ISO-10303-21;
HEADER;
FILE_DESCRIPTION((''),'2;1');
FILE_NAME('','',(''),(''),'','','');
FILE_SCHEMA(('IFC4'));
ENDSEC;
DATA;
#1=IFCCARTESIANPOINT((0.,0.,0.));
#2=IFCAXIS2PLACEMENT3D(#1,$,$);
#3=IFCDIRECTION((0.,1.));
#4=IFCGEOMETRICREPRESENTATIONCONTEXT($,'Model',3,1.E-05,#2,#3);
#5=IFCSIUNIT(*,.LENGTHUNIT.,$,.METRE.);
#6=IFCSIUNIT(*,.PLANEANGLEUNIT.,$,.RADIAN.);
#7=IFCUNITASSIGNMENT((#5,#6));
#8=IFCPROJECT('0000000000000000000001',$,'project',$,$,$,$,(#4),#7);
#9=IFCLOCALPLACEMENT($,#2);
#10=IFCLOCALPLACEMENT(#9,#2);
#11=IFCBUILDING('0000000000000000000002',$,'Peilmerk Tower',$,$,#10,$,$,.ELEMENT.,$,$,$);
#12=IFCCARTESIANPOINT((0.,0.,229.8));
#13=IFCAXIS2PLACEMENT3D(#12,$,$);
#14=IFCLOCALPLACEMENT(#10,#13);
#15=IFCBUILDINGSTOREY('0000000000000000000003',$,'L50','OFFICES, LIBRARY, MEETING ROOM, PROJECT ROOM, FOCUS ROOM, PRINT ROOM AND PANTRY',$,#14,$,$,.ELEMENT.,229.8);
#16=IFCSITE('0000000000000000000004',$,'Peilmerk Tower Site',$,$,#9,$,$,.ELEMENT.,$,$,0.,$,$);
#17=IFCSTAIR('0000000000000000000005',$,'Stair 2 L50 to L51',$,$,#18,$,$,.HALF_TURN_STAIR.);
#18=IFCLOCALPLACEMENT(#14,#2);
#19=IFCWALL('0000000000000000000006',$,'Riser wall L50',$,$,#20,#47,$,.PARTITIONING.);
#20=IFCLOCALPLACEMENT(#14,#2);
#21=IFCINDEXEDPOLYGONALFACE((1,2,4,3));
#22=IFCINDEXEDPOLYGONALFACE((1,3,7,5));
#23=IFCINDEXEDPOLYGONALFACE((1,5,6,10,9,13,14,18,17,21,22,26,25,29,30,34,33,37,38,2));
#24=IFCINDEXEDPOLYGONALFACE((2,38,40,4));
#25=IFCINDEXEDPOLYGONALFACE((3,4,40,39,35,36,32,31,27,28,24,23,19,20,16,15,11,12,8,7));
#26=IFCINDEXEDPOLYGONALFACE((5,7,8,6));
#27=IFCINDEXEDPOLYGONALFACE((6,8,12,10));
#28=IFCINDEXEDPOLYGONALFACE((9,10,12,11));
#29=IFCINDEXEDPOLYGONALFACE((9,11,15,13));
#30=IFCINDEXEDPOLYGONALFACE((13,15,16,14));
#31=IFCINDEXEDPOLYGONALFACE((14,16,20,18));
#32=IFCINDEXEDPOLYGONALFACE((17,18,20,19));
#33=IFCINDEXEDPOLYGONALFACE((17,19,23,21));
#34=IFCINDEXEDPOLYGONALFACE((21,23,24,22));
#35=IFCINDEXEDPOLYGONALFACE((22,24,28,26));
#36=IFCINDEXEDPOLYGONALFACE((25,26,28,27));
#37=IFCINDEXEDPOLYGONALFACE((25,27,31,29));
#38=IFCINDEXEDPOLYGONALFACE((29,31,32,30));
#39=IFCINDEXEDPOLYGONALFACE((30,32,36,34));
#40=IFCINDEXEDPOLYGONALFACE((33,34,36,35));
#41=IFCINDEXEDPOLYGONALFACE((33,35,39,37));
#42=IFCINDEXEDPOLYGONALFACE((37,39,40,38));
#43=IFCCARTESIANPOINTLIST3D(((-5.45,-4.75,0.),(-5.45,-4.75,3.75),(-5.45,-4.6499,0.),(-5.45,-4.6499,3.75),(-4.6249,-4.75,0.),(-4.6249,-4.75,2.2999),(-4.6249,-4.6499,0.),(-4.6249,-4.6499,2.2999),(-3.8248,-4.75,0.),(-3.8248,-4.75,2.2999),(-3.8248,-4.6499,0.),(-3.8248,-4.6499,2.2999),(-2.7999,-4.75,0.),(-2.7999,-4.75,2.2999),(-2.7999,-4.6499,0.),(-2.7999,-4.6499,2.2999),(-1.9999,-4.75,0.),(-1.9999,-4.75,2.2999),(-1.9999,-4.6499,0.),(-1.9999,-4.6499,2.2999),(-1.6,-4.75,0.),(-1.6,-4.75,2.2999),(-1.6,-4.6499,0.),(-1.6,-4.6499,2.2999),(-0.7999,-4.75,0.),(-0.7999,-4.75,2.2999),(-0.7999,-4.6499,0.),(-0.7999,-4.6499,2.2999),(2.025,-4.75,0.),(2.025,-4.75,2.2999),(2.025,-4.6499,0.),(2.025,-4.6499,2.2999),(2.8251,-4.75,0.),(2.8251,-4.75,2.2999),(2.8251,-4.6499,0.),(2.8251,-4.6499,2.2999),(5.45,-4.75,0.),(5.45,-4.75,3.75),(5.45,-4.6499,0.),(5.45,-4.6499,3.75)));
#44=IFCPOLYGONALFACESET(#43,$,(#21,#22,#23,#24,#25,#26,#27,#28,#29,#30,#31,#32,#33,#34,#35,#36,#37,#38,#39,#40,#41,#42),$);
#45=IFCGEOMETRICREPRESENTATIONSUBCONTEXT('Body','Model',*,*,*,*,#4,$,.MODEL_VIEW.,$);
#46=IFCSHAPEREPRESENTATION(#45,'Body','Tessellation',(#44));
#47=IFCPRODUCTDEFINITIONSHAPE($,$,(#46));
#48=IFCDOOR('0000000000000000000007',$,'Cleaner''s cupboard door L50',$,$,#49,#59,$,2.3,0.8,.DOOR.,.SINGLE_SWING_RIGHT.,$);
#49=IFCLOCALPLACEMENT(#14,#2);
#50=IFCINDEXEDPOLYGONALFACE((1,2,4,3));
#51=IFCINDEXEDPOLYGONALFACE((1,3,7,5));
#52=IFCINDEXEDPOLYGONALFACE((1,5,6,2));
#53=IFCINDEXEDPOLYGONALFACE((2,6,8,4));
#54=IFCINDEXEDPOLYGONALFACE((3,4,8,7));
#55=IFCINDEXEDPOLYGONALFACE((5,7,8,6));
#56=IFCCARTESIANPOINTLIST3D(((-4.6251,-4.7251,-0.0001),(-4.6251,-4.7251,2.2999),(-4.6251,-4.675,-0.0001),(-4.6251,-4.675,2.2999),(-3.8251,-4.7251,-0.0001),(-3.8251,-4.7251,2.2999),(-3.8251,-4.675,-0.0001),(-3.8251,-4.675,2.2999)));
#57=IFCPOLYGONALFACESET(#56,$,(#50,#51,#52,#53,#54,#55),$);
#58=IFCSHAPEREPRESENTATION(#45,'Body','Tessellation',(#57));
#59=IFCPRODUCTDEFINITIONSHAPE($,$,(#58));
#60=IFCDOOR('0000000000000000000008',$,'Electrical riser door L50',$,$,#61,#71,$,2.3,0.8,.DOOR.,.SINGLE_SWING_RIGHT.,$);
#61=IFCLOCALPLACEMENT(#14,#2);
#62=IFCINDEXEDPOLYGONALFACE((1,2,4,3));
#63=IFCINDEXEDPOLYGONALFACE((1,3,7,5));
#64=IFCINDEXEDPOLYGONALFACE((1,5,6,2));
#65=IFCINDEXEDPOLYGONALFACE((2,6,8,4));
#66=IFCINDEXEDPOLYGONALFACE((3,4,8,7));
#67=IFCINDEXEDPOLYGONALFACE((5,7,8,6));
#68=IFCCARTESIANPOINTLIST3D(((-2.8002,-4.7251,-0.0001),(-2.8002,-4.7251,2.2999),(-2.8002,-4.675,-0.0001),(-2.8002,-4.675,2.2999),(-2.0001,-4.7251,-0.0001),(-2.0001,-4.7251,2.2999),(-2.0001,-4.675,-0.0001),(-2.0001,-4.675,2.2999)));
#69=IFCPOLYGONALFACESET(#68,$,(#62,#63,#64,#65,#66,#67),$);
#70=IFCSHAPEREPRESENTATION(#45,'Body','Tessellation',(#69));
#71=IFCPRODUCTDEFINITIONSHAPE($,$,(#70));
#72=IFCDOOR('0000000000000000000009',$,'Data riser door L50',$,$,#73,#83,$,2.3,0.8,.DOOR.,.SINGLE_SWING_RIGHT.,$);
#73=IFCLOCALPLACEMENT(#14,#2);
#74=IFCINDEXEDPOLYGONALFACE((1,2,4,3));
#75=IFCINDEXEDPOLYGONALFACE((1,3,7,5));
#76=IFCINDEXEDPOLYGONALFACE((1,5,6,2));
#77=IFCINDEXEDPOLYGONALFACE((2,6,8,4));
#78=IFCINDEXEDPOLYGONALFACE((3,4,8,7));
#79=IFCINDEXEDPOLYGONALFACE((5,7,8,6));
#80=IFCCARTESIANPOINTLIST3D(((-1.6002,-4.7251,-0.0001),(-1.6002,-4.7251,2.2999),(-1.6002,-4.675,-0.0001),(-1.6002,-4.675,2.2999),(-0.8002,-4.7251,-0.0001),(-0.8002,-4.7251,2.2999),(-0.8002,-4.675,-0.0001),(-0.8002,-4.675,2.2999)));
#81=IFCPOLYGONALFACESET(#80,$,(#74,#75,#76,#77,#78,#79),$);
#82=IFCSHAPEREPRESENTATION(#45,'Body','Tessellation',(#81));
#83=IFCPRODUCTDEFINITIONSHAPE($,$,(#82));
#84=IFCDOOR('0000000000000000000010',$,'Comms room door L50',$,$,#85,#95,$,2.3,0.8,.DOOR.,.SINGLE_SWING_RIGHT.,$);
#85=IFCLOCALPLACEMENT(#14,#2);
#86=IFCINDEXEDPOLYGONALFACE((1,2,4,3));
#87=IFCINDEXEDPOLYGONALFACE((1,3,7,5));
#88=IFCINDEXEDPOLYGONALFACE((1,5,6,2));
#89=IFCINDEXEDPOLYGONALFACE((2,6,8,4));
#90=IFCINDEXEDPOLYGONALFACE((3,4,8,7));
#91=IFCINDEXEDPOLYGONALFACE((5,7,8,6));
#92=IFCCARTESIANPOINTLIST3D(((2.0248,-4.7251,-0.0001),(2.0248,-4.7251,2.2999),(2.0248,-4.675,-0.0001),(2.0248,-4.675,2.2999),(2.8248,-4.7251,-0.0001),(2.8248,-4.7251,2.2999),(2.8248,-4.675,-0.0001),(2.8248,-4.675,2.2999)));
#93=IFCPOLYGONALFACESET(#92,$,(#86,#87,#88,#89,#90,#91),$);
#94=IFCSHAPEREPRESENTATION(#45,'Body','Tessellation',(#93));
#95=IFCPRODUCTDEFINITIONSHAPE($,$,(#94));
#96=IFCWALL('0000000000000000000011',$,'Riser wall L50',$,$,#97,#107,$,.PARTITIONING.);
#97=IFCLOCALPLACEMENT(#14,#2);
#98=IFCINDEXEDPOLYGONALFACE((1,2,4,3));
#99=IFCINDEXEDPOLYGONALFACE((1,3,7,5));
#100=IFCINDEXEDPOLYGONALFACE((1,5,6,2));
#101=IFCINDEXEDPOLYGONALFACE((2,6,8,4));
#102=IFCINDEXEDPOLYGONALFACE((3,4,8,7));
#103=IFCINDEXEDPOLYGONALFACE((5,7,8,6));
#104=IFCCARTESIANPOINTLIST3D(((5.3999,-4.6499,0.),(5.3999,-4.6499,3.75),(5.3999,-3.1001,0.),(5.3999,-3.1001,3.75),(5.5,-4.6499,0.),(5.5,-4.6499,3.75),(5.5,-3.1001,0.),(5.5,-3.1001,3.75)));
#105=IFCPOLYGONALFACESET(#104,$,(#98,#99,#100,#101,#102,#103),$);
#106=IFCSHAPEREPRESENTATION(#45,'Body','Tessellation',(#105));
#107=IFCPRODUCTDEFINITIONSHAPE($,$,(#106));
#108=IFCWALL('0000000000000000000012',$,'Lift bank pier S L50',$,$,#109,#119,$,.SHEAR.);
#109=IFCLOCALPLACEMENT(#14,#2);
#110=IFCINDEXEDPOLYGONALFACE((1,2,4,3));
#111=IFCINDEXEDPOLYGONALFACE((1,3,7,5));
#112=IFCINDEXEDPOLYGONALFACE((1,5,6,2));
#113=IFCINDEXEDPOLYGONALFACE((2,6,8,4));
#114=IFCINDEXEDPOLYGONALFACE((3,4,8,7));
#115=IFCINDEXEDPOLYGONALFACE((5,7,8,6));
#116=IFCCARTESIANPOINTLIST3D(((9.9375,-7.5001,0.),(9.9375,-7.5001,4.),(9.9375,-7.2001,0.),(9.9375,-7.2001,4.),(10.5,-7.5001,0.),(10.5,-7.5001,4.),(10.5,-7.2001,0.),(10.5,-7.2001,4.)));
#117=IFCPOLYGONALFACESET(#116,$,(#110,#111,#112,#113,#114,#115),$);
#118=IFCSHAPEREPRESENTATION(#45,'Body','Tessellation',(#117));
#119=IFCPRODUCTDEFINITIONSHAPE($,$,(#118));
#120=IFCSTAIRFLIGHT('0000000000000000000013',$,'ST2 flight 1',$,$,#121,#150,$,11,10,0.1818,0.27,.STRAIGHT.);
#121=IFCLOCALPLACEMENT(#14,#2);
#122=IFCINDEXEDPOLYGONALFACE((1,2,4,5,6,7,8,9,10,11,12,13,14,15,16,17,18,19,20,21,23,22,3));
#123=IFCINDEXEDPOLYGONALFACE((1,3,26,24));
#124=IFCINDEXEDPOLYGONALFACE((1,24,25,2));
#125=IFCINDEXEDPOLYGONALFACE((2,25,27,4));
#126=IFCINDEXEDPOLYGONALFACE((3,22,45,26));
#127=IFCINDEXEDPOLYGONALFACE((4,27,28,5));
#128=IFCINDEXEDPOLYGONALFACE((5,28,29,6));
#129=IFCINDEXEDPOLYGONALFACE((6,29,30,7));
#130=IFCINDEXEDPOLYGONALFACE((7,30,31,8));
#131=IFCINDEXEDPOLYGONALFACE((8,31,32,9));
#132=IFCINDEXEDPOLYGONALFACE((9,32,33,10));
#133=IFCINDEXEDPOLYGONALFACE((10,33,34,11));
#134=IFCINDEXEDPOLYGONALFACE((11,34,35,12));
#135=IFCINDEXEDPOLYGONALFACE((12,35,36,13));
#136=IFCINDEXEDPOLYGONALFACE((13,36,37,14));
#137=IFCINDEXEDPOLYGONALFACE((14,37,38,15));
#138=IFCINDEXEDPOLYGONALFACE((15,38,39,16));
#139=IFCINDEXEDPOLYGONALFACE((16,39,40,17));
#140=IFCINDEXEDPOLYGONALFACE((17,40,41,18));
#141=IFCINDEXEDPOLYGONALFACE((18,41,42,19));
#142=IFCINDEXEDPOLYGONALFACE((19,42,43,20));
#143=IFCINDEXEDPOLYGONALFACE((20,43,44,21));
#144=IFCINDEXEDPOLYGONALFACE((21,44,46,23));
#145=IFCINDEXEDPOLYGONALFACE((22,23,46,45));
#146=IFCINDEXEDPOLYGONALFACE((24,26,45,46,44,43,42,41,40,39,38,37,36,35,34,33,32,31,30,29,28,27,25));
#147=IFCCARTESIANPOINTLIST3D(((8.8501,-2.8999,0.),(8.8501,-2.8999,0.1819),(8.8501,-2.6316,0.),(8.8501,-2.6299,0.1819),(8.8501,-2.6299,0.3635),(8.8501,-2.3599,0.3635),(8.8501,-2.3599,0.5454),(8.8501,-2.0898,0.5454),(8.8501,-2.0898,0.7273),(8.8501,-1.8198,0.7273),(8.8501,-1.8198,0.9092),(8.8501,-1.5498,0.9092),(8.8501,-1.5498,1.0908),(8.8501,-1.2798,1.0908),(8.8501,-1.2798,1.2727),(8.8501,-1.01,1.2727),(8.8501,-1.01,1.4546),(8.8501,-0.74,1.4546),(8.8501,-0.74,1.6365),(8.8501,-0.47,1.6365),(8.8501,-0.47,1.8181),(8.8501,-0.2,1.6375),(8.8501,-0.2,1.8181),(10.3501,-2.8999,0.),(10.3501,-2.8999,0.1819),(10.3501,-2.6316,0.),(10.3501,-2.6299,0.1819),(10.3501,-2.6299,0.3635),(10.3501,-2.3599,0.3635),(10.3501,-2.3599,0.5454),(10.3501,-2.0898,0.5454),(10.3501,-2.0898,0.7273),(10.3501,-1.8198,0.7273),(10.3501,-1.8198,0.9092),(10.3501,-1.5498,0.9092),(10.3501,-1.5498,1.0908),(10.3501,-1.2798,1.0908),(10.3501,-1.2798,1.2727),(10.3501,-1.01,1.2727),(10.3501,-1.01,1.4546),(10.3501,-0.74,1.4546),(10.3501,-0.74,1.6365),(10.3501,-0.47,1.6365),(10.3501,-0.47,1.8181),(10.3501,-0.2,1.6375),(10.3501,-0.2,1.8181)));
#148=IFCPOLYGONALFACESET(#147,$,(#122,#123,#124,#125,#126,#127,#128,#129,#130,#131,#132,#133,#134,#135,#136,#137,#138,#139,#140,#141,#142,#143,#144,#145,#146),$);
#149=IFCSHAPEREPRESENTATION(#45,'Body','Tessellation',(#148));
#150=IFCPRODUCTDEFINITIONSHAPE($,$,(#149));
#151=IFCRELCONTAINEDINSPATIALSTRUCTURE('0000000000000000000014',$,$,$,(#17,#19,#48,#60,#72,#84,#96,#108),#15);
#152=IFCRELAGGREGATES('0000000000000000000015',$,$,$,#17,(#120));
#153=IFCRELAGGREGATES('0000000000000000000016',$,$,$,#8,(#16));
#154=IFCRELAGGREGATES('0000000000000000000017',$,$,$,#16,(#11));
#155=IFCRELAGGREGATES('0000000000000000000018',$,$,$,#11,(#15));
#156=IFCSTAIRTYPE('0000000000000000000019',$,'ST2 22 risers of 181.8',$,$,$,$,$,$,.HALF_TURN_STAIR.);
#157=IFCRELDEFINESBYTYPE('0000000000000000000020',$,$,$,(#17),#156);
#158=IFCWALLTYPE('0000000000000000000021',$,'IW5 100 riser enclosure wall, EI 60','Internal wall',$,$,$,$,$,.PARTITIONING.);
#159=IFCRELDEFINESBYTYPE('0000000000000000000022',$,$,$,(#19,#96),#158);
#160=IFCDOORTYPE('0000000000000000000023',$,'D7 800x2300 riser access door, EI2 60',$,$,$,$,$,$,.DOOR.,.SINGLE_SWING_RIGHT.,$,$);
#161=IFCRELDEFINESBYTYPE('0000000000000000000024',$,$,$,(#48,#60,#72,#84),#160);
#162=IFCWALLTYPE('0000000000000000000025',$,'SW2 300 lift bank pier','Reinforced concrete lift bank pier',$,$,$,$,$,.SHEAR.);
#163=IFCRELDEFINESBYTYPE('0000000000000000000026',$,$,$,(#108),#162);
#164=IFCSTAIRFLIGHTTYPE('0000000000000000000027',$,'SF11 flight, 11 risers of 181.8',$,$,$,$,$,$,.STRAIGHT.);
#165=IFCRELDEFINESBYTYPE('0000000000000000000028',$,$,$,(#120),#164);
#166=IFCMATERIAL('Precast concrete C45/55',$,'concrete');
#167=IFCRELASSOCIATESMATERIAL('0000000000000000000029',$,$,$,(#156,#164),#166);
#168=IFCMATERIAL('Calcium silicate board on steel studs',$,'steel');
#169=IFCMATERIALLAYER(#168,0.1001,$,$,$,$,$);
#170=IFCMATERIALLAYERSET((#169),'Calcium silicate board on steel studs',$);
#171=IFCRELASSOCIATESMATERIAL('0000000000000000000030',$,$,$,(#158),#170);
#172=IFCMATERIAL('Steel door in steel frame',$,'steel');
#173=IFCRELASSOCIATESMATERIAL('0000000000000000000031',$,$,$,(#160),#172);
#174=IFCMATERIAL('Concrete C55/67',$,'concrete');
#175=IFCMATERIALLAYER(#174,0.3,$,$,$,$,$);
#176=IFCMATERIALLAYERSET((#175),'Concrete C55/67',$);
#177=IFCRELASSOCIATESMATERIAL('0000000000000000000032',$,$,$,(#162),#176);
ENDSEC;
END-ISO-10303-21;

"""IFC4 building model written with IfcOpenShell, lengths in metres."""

from ifc_helpers import new_model, si_unit, direction, frame, frame_2d, origin, place, context, subcontext, project, spatial, polyline, rectangle, outline, extrude, material, layer, layer_set, type_object, element, fill, aggregate, save


model = new_model("IFC4")

# Units and contexts
model_context = context("Model", 3, precision=1e-05, world=origin(), true_north=direction((0.0, 1.0)))
body_context = subcontext(model_context, "Body", "Model", "MODEL_VIEW")
ifc_project = project(units=[si_unit("LENGTHUNIT", "METRE"), si_unit("PLANEANGLEUNIT", "RADIAN")], contexts=[model_context])

# Site, building, storey
site_placement = place(None, origin())
site = spatial("IfcSite", under=ifc_project, at=site_placement, Name="Peilmerk Tower Site", CompositionType="ELEMENT", RefElevation=0.0)
building_placement = place(site_placement, origin())
building = spatial("IfcBuilding", under=site, at=building_placement, Name="Peilmerk Tower", CompositionType="ELEMENT")
storey_placement = place(building_placement, frame((0.0, 0.0, 229.8)))
storey = spatial("IfcBuildingStorey", under=building, at=storey_placement, Name="L50", Description="OFFICES, LIBRARY, MEETING ROOM, PROJECT ROOM, FOCUS ROOM, PRINT ROOM AND PANTRY", CompositionType="ELEMENT", Elevation=229.8)

# Stair
ifc_material_1 = material(Name="Precast concrete C45/55", Category="concrete")
stair_type_1 = type_object("IfcStairType", Name="ST2 22 risers of 181.8", PredefinedType="HALF_TURN_STAIR", material=ifc_material_1)
stair_1_placement = place(storey_placement, origin())
stair_1 = element("IfcStair", 1, at=stair_1_placement, inside=storey, type_object=stair_type_1, Name="Stair 2 L50 to L51", PredefinedType="HALF_TURN_STAIR")

# Shared definitions
ifc_material_2 = material(Name="Steel door in steel frame", Category="steel")

# Shared definitions
ifc_material_3 = material(Name="Calcium silicate board on steel studs", Category="steel")
ifc_layer_1 = layer(ifc_material_3, 0.1001)
ifc_layer_set_1 = layer_set([ifc_layer_1], Name="Calcium silicate board on steel studs")
wall_type_1 = type_object("IfcWallType", Name="IW5 100 riser enclosure wall, EI 60", Description="Internal wall", PredefinedType="PARTITIONING", material=ifc_layer_set_1)

# Wall, openings, doors
wall_1_placement = place(storey_placement, frame((5.45, -4.7, 0.0), z_axis=(0.0, 0.0, 1.0), x_axis=(-1.0, 0.0, 0.0)))
wall_1 = element("IfcWall", 2, at=wall_1_placement, inside=storey, type_object=wall_type_1, Name="Riser wall L50", PredefinedType="PARTITIONING", context=body_context, shape_type="SweptSolid", body=[
    extrude(rectangle(XDim=10.8999, YDim=0.1001, at=frame_2d((5.45, 0.0))), origin(), (0.0, 0.0, 1.0), 3.75),
])
opening_1_placement = place(wall_1_placement, frame((9.2749, 0.0, 0.0)))
opening_1 = element("IfcOpeningElement", 3, at=opening_1_placement, cuts=wall_1, PredefinedType="OPENING", context=body_context, shape_type="SweptSolid", body=[
    extrude(rectangle(XDim=0.8, YDim=2.3, at=frame_2d((0.3999, 1.1499))), frame((0.0, 0.0601, 0.0), z_axis=(0.0, -1.0, 0.0), x_axis=(1.0, 0.0, 0.0)), (0.0, 0.0, 1.0), 0.1201),
])
opening_2_placement = place(wall_1_placement, frame((7.45, 0.0, 0.0)))
opening_2 = element("IfcOpeningElement", 4, at=opening_2_placement, cuts=wall_1, PredefinedType="OPENING", context=body_context, shape_type="SweptSolid", body=[
    extrude(rectangle(XDim=0.8, YDim=2.3, at=frame_2d((0.3999, 1.1499))), frame((0.0, 0.0601, 0.0), z_axis=(0.0, -1.0, 0.0), x_axis=(1.0, 0.0, 0.0)), (0.0, 0.0, 1.0), 0.1201),
])
opening_3_placement = place(wall_1_placement, frame((6.25, 0.0, 0.0)))
opening_3 = element("IfcOpeningElement", 5, at=opening_3_placement, cuts=wall_1, PredefinedType="OPENING", context=body_context, shape_type="SweptSolid", body=[
    extrude(rectangle(XDim=0.8, YDim=2.3, at=frame_2d((0.3999, 1.1499))), frame((0.0, 0.0601, 0.0), z_axis=(0.0, -1.0, 0.0), x_axis=(1.0, 0.0, 0.0)), (0.0, 0.0, 1.0), 0.1201),
])
opening_4_placement = place(wall_1_placement, frame((2.625, 0.0, 0.0)))
opening_4 = element("IfcOpeningElement", 6, at=opening_4_placement, cuts=wall_1, PredefinedType="OPENING", context=body_context, shape_type="SweptSolid", body=[
    extrude(rectangle(XDim=0.8, YDim=2.3, at=frame_2d((0.3999, 1.1499))), frame((0.0, 0.0601, 0.0), z_axis=(0.0, -1.0, 0.0), x_axis=(1.0, 0.0, 0.0)), (0.0, 0.0, 1.0), 0.1201),
])
door_type_1 = type_object("IfcDoorType", Name="D7 800x2300 riser access door, EI2 60", OperationType="SINGLE_SWING_RIGHT", PredefinedType="DOOR", material=ifc_material_2)
door_1_placement = place(opening_1_placement, frame((0.8, 0.0, 0.0), z_axis=(0.0, 0.0, 1.0), x_axis=(-1.0, 0.0, 0.0)))
door_1 = element("IfcDoor", 7, at=door_1_placement, inside=storey, type_object=door_type_1, Name="Cleaner's cupboard door L50", OperationType="SINGLE_SWING_RIGHT", OverallHeight=2.3, OverallWidth=0.8, PredefinedType="DOOR", context=body_context, shape_type="SweptSolid", body=[
    extrude(rectangle(XDim=0.8, YDim=2.3, at=frame_2d((0.3999, 1.1499))), frame((0.0, 0.0249, 0.0), z_axis=(0.0, -1.0, 0.0), x_axis=(1.0, 0.0, 0.0)), (0.0, 0.0, 1.0), 0.05),
])
fill(opening_1, door_1)
door_2_placement = place(opening_2_placement, frame((0.8, 0.0, 0.0), z_axis=(0.0, 0.0, 1.0), x_axis=(-1.0, 0.0, 0.0)))
door_2 = element("IfcDoor", 8, at=door_2_placement, inside=storey, type_object=door_type_1, Name="Electrical riser door L50", OperationType="SINGLE_SWING_RIGHT", OverallHeight=2.3, OverallWidth=0.8, PredefinedType="DOOR", context=body_context, shape_type="SweptSolid", body=[
    extrude(rectangle(XDim=0.8, YDim=2.3, at=frame_2d((0.3999, 1.1499))), frame((0.0, 0.0249, 0.0), z_axis=(0.0, -1.0, 0.0), x_axis=(1.0, 0.0, 0.0)), (0.0, 0.0, 1.0), 0.05),
])
fill(opening_2, door_2)
door_3_placement = place(opening_3_placement, frame((0.8, 0.0, 0.0), z_axis=(0.0, 0.0, 1.0), x_axis=(-1.0, 0.0, 0.0)))
door_3 = element("IfcDoor", 9, at=door_3_placement, inside=storey, type_object=door_type_1, Name="Data riser door L50", OperationType="SINGLE_SWING_RIGHT", OverallHeight=2.3, OverallWidth=0.8, PredefinedType="DOOR", context=body_context, shape_type="SweptSolid", body=[
    extrude(rectangle(XDim=0.8, YDim=2.3, at=frame_2d((0.3999, 1.1499))), frame((0.0, 0.0249, 0.0), z_axis=(0.0, -1.0, 0.0), x_axis=(1.0, 0.0, 0.0)), (0.0, 0.0, 1.0), 0.05),
])
fill(opening_3, door_3)
door_4_placement = place(opening_4_placement, frame((0.8, 0.0, 0.0), z_axis=(0.0, 0.0, 1.0), x_axis=(-1.0, 0.0, 0.0)))
door_4 = element("IfcDoor", 10, at=door_4_placement, inside=storey, type_object=door_type_1, Name="Comms room door L50", OperationType="SINGLE_SWING_RIGHT", OverallHeight=2.3, OverallWidth=0.8, PredefinedType="DOOR", context=body_context, shape_type="SweptSolid", body=[
    extrude(rectangle(XDim=0.8, YDim=2.3, at=frame_2d((0.3999, 1.1499))), frame((0.0, 0.0249, 0.0), z_axis=(0.0, -1.0, 0.0), x_axis=(1.0, 0.0, 0.0)), (0.0, 0.0, 1.0), 0.05),
])
fill(opening_4, door_4)

# Walls
wall_2_placement = place(storey_placement, frame((5.45, -3.1001, 0.0), z_axis=(0.0, 0.0, 1.0), x_axis=(0.0, -1.0, 0.0)))
element("IfcWall", 11, at=wall_2_placement, inside=storey, type_object=wall_type_1, Name="Riser wall L50", PredefinedType="PARTITIONING", context=body_context, shape_type="SweptSolid", body=[
    extrude(rectangle(XDim=1.5498, YDim=0.1001, at=frame_2d((0.7749, 0.0))), origin(), (0.0, 0.0, 1.0), 3.75),
])
ifc_material_4 = material(Name="Concrete C55/67", Category="concrete")
ifc_layer_2 = layer(ifc_material_4, 0.3)
ifc_layer_set_2 = layer_set([ifc_layer_2], Name="Concrete C55/67")
wall_type_2 = type_object("IfcWallType", Name="SW2 300 lift bank pier", Description="Reinforced concrete lift bank pier", PredefinedType="SHEAR", material=ifc_layer_set_2)
wall_3_placement = place(storey_placement, frame((9.9375, -7.3501, 0.0), z_axis=(0.0, 0.0, 1.0), x_axis=(1.0, 0.0, 0.0)))
element("IfcWall", 12, at=wall_3_placement, inside=storey, type_object=wall_type_2, Name="Lift bank pier S L50", PredefinedType="SHEAR", context=body_context, shape_type="SweptSolid", body=[
    extrude(rectangle(XDim=0.5625, YDim=0.3, at=frame_2d((0.2812, 0.0))), origin(), (0.0, 0.0, 1.0), 4.0),
])

# Stair flight
stair_flight_type = type_object("IfcStairFlightType", Name="SF11 flight, 11 risers of 181.8", PredefinedType="STRAIGHT", material=ifc_material_1)
stair_flight_1_placement = place(storey_placement, frame((9.6001, -2.8999, 0.0), z_axis=(0.0, 0.0, 1.0), x_axis=(0.0, 1.0, 0.0)))
stair_flight_1 = element("IfcStairFlight", 13, at=stair_flight_1_placement, type_object=stair_flight_type, Name="ST2 flight 1", NumberOfRisers=11, NumberOfTreads=10, PredefinedType="STRAIGHT", RiserHeight=0.1818, TreadLength=0.27, context=body_context, shape_type="SweptSolid", body=[
    extrude(outline(polyline([(0.0, 0.0), (0.0, 0.1819), (0.27, 0.1819), (0.27, 0.3635), (0.54, 0.3635), (0.54, 0.5454), (0.8101, 0.5454), (0.8101, 0.7273), (1.0801, 0.7273), (1.0801, 0.9092), (1.3501, 0.9092), (1.3501, 1.0908), (1.6201, 1.0908), (1.6201, 1.2727), (1.8899, 1.2727), (1.8899, 1.4546), (2.1599, 1.4546), (2.1599, 1.6365), (2.4299, 1.6365), (2.4299, 1.8181), (2.7, 1.8181), (2.7, 2.0), (2.7, 1.6375), (0.2683, 0.0), (0.0, 0.0)])), frame((0.0, 0.75, 0.0), z_axis=(0.0, -1.0, 0.0), x_axis=(1.0, 0.0, 0.0)), (0.0, 0.0, 1.0), 1.5),
])
aggregate(stair_1, [stair_flight_1])

save(model, "model.ifc")
